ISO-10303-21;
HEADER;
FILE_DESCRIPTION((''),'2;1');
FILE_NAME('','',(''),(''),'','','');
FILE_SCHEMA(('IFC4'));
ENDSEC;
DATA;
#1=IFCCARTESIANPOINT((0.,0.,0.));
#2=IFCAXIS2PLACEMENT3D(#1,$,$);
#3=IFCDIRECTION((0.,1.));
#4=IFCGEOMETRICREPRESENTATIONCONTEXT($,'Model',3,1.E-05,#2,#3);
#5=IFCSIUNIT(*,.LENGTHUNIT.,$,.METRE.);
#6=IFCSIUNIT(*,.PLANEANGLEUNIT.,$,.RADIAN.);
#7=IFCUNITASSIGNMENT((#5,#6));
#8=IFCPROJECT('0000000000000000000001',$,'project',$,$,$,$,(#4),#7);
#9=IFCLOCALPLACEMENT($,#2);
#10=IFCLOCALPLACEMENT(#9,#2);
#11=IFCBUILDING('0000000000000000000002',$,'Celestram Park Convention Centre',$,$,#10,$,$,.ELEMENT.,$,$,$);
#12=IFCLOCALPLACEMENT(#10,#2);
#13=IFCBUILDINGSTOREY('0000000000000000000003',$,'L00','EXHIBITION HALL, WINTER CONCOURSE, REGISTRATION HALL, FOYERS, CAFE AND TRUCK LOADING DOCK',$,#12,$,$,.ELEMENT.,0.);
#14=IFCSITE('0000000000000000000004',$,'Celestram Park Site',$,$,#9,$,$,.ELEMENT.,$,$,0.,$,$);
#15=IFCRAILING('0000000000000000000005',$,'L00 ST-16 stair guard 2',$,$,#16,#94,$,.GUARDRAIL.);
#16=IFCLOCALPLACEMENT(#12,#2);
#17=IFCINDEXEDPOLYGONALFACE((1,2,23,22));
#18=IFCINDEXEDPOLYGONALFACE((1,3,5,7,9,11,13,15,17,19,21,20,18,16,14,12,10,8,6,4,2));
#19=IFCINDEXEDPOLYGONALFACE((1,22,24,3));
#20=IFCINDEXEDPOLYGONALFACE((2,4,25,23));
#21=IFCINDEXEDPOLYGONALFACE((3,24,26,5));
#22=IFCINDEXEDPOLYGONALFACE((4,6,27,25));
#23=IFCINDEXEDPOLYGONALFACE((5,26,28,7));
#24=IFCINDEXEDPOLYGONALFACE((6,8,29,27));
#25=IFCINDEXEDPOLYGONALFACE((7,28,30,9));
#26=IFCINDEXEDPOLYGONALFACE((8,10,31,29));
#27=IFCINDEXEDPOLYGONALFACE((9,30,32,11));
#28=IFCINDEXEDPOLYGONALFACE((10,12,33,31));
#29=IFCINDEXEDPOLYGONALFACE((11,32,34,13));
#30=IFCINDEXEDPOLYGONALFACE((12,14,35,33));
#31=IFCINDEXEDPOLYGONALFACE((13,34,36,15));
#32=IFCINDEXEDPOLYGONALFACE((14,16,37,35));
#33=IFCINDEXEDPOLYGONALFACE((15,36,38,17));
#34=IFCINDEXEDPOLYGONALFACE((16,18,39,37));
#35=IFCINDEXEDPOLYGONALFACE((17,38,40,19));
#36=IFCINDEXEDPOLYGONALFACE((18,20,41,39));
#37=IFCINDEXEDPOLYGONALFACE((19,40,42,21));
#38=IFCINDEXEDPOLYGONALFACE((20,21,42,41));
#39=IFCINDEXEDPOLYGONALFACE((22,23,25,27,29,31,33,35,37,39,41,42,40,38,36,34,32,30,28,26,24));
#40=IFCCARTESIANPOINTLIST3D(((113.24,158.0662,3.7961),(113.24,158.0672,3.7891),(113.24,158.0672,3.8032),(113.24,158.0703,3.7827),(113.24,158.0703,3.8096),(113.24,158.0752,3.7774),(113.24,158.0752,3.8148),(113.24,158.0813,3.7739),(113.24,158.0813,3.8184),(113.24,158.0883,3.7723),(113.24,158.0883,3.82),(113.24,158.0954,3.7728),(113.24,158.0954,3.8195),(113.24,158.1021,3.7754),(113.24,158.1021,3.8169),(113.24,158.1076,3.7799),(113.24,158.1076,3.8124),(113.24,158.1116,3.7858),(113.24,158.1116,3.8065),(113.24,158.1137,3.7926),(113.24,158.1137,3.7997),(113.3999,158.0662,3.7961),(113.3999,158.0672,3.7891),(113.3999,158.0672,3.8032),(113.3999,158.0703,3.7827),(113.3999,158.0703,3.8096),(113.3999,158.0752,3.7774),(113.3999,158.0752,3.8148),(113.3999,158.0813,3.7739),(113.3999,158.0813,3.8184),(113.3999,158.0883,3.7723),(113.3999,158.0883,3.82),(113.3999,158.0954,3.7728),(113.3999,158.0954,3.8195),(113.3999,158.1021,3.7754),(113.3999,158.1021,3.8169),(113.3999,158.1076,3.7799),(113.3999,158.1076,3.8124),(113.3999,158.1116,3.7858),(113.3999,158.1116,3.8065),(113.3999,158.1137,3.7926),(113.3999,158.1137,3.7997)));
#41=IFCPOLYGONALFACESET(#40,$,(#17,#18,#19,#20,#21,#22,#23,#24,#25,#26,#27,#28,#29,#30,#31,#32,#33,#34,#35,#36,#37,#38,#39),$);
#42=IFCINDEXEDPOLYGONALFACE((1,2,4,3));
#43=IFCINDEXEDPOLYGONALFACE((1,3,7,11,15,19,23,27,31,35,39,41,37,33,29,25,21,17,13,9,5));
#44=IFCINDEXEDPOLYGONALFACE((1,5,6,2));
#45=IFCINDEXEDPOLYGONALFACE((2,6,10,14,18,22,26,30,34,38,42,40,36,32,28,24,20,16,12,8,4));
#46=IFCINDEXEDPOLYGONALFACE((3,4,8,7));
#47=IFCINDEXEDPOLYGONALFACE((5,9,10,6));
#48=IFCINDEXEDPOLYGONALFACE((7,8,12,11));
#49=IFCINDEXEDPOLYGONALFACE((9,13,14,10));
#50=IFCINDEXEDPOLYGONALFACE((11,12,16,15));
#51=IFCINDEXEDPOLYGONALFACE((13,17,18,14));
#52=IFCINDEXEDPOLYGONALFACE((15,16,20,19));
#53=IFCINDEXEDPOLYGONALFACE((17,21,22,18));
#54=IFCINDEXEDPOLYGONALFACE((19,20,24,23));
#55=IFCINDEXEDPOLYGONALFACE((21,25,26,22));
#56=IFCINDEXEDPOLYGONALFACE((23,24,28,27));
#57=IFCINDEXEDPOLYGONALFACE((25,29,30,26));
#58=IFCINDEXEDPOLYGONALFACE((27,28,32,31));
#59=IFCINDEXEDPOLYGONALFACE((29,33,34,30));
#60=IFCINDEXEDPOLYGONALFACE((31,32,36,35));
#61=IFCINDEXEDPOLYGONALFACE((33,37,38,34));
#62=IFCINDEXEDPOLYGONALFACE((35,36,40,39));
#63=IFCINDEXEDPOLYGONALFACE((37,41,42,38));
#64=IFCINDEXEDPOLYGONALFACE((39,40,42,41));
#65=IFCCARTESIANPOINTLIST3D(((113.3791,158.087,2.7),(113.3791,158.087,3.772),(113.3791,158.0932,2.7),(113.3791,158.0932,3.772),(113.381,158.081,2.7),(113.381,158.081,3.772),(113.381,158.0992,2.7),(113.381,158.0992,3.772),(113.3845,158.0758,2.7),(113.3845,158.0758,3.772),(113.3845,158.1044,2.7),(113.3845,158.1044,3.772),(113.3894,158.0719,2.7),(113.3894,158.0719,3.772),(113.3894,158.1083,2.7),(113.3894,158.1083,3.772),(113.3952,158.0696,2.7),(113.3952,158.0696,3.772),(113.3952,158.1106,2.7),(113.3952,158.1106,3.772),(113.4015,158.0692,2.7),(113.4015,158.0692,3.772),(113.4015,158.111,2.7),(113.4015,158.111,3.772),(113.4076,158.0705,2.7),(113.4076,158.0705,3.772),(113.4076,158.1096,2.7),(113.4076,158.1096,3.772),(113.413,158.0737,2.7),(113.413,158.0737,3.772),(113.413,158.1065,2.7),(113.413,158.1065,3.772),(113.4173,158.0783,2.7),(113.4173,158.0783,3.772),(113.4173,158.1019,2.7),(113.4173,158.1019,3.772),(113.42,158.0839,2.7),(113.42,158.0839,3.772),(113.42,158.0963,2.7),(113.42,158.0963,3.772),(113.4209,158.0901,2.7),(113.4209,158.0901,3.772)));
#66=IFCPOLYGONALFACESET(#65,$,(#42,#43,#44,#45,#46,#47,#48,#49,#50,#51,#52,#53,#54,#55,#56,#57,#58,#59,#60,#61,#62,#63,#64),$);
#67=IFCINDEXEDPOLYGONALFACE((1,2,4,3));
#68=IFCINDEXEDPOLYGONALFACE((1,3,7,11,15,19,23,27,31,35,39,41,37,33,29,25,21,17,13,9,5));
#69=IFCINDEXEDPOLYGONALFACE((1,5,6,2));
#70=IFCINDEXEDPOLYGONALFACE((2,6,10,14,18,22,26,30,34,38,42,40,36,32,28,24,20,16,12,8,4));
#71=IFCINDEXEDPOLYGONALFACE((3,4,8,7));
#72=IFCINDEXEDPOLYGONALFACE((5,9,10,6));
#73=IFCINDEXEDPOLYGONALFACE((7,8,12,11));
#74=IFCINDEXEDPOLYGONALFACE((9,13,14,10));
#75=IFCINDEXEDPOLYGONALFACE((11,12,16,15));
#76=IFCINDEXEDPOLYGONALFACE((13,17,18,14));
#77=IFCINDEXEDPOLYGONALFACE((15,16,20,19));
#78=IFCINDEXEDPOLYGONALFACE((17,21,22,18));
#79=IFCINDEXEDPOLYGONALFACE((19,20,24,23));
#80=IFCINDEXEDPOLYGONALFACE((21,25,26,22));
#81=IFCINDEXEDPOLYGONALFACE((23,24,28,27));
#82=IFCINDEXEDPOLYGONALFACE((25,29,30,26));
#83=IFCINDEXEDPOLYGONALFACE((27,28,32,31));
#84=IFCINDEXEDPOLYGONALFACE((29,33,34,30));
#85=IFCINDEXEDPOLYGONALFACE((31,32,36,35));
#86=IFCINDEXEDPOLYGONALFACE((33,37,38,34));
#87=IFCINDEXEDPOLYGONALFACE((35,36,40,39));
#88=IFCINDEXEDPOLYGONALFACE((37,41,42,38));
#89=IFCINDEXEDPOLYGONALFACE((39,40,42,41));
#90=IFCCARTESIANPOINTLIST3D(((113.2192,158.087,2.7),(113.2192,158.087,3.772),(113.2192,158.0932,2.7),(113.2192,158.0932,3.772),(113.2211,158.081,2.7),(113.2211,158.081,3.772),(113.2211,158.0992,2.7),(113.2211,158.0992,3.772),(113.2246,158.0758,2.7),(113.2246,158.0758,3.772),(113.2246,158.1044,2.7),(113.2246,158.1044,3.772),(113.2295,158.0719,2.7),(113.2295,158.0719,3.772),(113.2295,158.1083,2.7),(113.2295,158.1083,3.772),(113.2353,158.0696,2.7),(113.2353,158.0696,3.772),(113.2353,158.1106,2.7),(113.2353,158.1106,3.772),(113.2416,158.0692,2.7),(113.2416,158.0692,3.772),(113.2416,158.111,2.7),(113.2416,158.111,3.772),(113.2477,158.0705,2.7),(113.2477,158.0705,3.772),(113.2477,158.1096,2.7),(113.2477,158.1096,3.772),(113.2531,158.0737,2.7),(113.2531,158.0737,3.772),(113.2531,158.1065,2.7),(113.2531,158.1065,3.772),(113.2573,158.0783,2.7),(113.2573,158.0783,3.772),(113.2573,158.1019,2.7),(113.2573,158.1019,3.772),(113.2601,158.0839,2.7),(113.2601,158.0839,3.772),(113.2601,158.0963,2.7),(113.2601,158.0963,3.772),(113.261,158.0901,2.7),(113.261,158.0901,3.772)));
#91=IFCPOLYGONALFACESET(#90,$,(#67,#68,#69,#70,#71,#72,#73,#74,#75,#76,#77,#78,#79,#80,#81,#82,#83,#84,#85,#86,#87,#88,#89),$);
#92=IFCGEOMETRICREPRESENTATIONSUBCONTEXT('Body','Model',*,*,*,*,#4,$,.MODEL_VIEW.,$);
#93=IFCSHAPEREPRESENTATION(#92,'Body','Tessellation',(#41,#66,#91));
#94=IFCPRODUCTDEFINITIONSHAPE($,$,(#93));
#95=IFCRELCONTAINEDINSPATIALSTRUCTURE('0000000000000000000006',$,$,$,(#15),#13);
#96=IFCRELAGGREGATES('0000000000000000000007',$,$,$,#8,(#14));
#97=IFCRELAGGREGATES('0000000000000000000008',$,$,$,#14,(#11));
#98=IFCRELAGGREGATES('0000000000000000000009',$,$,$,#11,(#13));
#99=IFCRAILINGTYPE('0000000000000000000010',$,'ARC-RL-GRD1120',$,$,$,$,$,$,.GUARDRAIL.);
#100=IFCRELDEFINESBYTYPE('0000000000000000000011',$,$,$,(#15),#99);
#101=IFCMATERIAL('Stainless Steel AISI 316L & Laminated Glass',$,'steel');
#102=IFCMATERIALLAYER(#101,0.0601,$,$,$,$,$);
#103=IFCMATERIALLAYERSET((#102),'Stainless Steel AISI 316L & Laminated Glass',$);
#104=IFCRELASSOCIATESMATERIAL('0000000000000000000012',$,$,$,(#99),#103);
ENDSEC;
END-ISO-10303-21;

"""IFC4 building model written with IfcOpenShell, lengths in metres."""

from ifc_helpers import new_model, si_unit, direction, frame, origin, origin_2d, place, context, subcontext, project, spatial, circle, extrude, material, layer, layer_set, type_object, element, save


model = new_model("IFC4")

# Units and contexts
model_context = context("Model", 3, precision=1e-05, world=origin(), true_north=direction((0.0, 1.0)))
body_context = subcontext(model_context, "Body", "Model", "MODEL_VIEW")
ifc_project = project(units=[si_unit("LENGTHUNIT", "METRE"), si_unit("PLANEANGLEUNIT", "RADIAN")], contexts=[model_context])

# Site, building, storey
site_placement = place(None, origin())
site = spatial("IfcSite", under=ifc_project, at=site_placement, Name="Celestram Park Site", CompositionType="ELEMENT", RefElevation=0.0)
building_placement = place(site_placement, origin())
building = spatial("IfcBuilding", under=site, at=building_placement, Name="Celestram Park Convention Centre", CompositionType="ELEMENT")
storey_placement = place(building_placement, origin())
storey = spatial("IfcBuildingStorey", under=building, at=storey_placement, Name="L00", Description="EXHIBITION HALL, WINTER CONCOURSE, REGISTRATION HALL, FOYERS, CAFE AND TRUCK LOADING DOCK", CompositionType="ELEMENT", Elevation=0.0)

# Railing
ifc_material_1 = material(Name="Stainless Steel AISI 316L & Laminated Glass", Category="steel")
ifc_layer_1 = layer(ifc_material_1, 0.0601)
ifc_layer_set_1 = layer_set([ifc_layer_1], Name="Stainless Steel AISI 316L & Laminated Glass")
railing_type_1 = type_object("IfcRailingType", Name="ARC-RL-GRD1120", PredefinedType="GUARDRAIL", material=ifc_layer_set_1)
railing_1_placement = place(storey_placement, frame((113.3999, 158.0901, 2.7)))
element("IfcRailing", 1, at=railing_1_placement, inside=storey, type_object=railing_type_1, Name="L00 ST-16 stair guard 2", PredefinedType="GUARDRAIL", context=body_context, shape_type="SweptSolid", body=[
    extrude(circle(Radius=0.0239, at=origin_2d()), frame((0.0, 0.0, 1.0962), z_axis=(-1.0, 0.0, 0.0), x_axis=(0.0, -1.0, 0.0)), (0.0, 0.0, 1.0), 0.1599),
    extrude(circle(Radius=0.021, at=origin_2d()), origin(), (0.0, 0.0, 1.0), 1.072),
    extrude(circle(Radius=0.021, at=origin_2d()), frame((-0.1599, 0.0, 0.0)), (0.0, 0.0, 1.0), 1.072),
])

save(model, "model.ifc")
